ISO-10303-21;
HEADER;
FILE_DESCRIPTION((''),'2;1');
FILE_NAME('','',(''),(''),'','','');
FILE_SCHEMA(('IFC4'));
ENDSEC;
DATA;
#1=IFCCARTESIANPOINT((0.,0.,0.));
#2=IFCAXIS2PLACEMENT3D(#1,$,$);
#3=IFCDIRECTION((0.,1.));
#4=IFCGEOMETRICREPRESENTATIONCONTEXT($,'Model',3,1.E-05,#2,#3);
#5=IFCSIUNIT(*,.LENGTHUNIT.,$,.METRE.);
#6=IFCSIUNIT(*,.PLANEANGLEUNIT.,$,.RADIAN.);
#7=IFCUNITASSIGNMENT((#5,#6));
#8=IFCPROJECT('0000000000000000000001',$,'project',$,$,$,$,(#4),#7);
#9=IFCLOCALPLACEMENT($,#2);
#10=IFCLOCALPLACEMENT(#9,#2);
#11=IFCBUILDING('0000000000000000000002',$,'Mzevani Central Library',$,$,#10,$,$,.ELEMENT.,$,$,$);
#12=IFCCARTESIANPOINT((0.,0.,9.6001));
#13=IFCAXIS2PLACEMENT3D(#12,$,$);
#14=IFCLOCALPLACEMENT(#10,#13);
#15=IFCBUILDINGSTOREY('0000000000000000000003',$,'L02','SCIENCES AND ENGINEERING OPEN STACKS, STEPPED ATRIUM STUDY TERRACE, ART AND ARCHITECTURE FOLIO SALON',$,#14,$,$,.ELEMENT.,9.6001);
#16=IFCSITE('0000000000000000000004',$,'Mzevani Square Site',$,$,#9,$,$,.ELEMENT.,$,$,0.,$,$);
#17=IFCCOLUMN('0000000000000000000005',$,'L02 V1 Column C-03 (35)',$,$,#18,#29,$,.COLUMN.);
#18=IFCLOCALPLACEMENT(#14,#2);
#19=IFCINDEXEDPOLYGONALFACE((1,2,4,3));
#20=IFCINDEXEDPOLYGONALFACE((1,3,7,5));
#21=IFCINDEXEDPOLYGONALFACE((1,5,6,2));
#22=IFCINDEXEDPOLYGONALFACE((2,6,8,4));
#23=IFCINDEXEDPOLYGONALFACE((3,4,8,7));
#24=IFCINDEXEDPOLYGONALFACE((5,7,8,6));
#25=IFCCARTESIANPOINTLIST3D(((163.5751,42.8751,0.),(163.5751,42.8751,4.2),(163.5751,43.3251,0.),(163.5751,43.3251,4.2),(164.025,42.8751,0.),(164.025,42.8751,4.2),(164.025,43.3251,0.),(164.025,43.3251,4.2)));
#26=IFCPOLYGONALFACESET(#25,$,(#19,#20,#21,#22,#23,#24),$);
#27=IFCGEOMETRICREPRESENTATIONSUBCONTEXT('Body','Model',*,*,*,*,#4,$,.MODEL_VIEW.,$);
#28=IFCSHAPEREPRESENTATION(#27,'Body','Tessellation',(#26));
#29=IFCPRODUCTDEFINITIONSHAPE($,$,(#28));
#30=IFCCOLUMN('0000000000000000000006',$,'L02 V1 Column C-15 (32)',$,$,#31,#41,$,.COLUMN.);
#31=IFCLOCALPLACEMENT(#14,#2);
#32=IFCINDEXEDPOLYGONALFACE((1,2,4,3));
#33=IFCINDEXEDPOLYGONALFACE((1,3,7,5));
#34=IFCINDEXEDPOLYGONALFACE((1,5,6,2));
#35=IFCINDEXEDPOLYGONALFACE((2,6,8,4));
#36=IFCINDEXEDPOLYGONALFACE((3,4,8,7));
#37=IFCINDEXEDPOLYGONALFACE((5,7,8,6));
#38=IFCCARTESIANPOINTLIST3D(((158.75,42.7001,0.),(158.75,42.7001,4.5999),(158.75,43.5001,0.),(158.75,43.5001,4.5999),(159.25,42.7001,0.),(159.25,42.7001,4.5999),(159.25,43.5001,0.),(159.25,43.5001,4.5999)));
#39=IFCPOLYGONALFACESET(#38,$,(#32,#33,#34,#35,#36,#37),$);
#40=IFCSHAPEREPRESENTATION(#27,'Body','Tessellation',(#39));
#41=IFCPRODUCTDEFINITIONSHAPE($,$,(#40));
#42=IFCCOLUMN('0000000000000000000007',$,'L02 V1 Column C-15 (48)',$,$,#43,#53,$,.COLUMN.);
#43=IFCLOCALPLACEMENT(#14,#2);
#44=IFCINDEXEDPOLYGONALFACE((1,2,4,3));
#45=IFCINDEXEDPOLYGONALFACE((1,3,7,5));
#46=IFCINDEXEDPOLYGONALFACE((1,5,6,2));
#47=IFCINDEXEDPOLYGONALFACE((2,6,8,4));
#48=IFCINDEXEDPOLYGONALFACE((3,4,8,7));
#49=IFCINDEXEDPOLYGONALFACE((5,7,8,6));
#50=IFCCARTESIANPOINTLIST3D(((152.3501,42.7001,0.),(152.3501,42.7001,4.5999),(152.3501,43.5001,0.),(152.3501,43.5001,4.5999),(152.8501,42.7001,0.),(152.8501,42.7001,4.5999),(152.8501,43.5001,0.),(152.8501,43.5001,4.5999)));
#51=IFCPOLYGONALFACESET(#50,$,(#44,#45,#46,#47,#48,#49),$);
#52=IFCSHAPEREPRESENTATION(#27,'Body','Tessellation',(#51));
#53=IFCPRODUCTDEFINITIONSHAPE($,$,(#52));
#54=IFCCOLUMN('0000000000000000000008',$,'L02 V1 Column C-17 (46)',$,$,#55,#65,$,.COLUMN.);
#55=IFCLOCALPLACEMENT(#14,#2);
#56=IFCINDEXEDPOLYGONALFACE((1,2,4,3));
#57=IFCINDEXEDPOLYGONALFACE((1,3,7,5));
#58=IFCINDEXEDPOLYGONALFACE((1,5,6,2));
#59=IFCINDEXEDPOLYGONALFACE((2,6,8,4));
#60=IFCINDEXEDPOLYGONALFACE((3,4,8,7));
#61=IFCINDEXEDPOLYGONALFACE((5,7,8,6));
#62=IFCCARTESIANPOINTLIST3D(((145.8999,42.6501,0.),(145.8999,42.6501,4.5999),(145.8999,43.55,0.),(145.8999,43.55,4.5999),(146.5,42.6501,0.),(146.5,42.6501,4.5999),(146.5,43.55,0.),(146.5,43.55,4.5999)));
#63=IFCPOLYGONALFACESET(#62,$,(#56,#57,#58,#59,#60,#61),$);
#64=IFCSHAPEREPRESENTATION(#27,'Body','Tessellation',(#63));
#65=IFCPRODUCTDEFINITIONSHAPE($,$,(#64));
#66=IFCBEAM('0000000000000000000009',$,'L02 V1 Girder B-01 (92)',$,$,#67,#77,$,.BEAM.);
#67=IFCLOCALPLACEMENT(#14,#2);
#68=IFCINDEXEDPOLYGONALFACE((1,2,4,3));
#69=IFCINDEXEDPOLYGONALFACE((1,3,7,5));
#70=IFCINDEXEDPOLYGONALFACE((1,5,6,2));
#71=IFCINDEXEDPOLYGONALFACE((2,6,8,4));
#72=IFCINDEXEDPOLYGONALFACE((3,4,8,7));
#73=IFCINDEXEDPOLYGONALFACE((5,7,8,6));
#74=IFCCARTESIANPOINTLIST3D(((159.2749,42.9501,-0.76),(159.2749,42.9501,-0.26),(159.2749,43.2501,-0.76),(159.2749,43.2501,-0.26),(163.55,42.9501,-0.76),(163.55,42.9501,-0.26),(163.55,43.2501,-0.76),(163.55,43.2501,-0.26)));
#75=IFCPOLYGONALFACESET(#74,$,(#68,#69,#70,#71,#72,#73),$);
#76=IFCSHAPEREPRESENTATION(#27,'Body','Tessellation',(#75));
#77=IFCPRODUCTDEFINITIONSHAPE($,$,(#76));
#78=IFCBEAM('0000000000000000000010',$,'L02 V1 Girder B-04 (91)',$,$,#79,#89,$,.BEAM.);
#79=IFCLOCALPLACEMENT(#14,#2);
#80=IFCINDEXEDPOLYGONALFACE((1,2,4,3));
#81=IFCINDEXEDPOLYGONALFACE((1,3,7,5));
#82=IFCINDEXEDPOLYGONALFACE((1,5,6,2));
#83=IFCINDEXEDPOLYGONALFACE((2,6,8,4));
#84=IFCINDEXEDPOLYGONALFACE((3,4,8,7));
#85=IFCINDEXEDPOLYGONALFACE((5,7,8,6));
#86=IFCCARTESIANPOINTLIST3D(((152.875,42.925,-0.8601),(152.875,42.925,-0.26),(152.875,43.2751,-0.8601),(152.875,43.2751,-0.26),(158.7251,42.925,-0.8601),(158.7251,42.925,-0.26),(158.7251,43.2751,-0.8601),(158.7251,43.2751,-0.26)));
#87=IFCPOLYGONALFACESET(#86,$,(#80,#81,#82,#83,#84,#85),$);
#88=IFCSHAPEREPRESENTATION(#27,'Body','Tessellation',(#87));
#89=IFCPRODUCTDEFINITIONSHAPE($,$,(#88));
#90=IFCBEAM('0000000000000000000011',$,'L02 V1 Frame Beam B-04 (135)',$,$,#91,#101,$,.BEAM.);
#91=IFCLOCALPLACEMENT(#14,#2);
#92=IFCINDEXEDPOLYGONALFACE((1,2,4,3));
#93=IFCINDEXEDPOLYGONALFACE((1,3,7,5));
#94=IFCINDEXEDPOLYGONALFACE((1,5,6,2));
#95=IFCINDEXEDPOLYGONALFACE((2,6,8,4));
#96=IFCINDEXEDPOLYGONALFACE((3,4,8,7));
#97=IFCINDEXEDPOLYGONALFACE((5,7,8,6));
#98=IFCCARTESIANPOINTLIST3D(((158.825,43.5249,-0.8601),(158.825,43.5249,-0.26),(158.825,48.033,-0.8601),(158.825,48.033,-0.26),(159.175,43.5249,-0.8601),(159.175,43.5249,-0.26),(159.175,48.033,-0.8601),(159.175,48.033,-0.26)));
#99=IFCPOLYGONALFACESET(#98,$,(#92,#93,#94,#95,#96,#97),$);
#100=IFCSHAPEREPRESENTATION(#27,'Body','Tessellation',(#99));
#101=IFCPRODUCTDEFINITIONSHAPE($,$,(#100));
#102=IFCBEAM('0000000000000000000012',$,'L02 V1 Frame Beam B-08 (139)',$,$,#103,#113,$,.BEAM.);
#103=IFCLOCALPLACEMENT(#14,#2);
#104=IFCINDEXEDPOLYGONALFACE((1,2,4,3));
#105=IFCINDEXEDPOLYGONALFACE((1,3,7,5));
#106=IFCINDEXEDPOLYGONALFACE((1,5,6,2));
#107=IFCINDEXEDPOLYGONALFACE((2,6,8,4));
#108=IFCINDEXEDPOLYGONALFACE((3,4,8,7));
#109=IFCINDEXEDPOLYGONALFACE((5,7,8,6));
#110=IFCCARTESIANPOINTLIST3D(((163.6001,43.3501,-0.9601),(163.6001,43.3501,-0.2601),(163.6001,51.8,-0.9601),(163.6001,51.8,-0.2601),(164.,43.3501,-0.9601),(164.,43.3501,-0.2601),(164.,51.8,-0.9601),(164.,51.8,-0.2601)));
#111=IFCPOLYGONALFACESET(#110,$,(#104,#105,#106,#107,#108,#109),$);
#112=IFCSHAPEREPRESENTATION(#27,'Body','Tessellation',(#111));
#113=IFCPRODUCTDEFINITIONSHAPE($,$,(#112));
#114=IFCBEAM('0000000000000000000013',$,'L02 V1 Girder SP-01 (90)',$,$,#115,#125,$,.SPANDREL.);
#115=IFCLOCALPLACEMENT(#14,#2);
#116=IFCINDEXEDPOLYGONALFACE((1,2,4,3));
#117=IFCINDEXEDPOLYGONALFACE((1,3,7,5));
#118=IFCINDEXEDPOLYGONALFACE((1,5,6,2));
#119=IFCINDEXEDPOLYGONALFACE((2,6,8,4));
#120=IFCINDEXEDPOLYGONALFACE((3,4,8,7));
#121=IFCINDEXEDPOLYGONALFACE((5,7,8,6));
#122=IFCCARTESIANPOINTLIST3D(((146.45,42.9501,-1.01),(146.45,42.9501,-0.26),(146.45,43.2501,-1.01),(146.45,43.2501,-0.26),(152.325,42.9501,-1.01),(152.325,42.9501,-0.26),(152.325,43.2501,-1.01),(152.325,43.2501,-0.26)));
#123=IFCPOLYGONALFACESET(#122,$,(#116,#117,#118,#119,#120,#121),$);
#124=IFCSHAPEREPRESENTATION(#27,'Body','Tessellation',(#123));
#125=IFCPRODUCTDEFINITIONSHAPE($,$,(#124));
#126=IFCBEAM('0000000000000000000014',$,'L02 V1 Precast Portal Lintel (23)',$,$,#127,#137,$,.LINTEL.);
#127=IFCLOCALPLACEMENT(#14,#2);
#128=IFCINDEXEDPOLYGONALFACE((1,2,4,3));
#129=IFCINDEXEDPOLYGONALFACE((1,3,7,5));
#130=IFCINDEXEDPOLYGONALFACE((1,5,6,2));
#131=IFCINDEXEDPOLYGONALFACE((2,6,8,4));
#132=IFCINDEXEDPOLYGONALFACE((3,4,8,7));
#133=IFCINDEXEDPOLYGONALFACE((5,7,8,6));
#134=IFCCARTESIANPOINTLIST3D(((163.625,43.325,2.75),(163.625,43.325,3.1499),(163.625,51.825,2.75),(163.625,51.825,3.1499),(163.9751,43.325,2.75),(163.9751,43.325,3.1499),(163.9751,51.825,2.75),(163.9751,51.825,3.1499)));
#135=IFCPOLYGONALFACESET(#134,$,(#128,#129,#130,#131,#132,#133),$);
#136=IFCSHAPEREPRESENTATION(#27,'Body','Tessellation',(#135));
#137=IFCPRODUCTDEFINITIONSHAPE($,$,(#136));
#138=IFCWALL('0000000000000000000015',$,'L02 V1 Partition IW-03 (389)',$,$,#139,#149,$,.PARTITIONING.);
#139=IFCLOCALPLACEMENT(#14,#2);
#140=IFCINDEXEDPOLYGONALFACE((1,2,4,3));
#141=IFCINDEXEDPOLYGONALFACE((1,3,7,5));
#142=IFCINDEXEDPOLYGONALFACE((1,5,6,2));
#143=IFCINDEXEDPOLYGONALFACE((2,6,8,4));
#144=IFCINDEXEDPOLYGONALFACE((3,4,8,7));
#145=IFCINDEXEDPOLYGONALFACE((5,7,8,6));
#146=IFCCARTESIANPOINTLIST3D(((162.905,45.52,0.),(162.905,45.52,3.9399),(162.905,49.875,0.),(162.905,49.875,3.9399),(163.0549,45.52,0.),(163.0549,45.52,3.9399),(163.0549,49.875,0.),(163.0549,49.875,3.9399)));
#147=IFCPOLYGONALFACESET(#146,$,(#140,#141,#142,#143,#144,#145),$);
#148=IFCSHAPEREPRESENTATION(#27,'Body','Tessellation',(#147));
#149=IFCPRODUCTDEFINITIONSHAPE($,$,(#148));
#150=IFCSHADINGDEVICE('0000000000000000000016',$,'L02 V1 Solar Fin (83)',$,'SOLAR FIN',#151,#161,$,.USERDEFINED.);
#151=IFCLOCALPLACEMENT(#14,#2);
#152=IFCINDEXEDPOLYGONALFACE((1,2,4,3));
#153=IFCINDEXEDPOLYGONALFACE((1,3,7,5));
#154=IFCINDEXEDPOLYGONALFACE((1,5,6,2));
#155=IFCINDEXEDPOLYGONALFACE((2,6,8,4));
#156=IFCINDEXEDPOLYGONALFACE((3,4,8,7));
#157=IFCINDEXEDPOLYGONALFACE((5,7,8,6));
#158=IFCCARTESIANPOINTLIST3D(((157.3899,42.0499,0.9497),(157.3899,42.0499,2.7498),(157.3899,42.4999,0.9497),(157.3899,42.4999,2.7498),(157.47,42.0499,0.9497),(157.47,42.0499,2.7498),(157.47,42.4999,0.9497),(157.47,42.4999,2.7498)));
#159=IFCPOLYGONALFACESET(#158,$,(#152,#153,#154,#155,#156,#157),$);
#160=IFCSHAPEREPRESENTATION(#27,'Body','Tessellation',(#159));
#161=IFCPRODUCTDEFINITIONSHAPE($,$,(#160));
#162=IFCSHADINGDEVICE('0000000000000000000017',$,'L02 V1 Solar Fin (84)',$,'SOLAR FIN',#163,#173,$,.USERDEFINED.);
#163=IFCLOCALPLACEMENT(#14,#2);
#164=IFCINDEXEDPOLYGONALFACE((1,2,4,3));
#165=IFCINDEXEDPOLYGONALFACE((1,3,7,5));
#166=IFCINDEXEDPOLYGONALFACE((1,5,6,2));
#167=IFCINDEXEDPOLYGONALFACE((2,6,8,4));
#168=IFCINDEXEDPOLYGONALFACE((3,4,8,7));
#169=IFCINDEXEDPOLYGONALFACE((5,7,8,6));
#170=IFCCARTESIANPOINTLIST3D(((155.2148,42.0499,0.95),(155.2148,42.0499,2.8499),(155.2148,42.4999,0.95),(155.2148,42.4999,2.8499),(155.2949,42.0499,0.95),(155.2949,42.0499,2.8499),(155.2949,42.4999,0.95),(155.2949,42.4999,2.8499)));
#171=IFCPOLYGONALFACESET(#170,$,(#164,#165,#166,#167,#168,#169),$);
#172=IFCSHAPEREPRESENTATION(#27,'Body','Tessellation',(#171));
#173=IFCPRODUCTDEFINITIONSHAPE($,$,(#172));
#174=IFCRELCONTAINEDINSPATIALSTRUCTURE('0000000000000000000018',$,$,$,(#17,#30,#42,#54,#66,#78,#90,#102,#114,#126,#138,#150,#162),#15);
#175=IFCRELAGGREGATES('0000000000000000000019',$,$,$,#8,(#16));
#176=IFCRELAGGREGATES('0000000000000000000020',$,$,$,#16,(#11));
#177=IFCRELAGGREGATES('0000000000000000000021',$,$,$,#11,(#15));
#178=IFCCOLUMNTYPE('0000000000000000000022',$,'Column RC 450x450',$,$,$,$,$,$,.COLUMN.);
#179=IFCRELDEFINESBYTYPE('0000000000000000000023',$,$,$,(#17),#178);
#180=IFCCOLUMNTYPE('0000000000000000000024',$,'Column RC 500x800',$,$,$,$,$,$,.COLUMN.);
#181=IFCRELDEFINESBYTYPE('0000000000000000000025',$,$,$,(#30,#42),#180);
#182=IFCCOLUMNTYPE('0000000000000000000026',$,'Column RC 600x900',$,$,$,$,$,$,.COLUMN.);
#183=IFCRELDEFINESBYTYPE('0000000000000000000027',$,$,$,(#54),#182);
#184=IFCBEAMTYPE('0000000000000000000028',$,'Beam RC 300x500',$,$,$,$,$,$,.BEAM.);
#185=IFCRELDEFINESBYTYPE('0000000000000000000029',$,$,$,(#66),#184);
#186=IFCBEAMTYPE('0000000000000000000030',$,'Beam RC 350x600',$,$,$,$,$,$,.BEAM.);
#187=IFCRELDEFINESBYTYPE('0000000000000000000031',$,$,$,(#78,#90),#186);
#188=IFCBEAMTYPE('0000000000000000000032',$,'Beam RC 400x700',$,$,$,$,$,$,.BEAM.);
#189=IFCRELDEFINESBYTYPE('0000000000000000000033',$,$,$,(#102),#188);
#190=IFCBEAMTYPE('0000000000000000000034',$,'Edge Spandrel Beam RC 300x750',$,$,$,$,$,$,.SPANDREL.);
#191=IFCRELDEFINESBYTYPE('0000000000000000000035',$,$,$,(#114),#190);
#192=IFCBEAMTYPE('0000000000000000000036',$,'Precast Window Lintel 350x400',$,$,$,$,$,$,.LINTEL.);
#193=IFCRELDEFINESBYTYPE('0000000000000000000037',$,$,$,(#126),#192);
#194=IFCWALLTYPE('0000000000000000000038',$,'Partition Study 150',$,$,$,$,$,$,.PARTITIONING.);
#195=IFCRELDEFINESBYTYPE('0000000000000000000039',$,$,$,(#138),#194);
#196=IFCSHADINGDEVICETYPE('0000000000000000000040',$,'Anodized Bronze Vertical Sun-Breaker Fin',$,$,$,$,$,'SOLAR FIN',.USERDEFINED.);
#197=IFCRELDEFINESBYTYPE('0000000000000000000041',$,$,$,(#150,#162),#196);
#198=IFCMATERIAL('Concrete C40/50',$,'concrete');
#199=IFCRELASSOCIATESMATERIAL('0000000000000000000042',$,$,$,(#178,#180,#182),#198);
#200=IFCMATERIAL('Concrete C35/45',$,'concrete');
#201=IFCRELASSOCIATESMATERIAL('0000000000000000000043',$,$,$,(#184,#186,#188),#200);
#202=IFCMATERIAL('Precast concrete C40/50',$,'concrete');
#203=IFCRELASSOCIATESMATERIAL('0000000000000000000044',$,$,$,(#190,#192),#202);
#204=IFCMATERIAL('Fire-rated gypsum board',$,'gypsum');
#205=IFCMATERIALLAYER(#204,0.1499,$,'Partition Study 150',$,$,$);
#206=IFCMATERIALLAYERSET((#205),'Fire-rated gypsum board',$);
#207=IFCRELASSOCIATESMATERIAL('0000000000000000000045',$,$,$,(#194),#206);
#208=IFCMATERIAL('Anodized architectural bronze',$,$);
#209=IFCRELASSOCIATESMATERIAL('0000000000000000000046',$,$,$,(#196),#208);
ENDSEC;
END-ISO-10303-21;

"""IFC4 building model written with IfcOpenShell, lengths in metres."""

from ifc_helpers import new_model, si_unit, direction, frame, frame_2d, origin, origin_2d, place, context, subcontext, project, spatial, rectangle, extrude, material, layer, layer_set, material_profile, profile_set, type_object, element, save


model = new_model("IFC4")

# Units and contexts
model_context = context("Model", 3, precision=1e-05, world=origin(), true_north=direction((0.0, 1.0)))
body_context = subcontext(model_context, "Body", "Model", "MODEL_VIEW")
ifc_project = project(units=[si_unit("LENGTHUNIT", "METRE"), si_unit("PLANEANGLEUNIT", "RADIAN")], contexts=[model_context])

# Site, building, storey
site_placement = place(None, origin())
site = spatial("IfcSite", under=ifc_project, at=site_placement, Name="Mzevani Square Site", CompositionType="ELEMENT", RefElevation=0.0)
building_placement = place(site_placement, origin())
building = spatial("IfcBuilding", under=site, at=building_placement, Name="Mzevani Central Library", CompositionType="ELEMENT")
storey_placement = place(building_placement, frame((0.0, 0.0, 9.6001)))
storey = spatial("IfcBuildingStorey", under=building, at=storey_placement, Name="L02", Description="SCIENCES AND ENGINEERING OPEN STACKS, STEPPED ATRIUM STUDY TERRACE, ART AND ARCHITECTURE FOLIO SALON", CompositionType="ELEMENT", Elevation=9.6001)

# Columns
ifc_material_1 = material(Name="Concrete C40/50", Category="concrete")
ifc_material_profile_1 = material_profile(ifc_material_1, rectangle(XDim=0.45, YDim=0.45, at=origin_2d()), Name="RC 450x450")
ifc_profile_set_1 = profile_set([ifc_material_profile_1], Name="Concrete C40/50")
column_type_1 = type_object("IfcColumnType", Name="Column RC 450x450", PredefinedType="COLUMN", material=ifc_profile_set_1)
column_1_placement = place(storey_placement, frame((163.8, 43.1001, 0.0), z_axis=(0.0, 0.0, 1.0), x_axis=(1.0, 0.0, 0.0)))
element("IfcColumn", 1, at=column_1_placement, inside=storey, type_object=column_type_1, Name="L02 V1 Column C-03 (35)", PredefinedType="COLUMN", context=body_context, shape_type="SweptSolid", body=[
    extrude(rectangle(XDim=0.45, YDim=0.45, at=origin_2d()), origin(), (0.0, 0.0, 1.0), 4.2),
])
ifc_material_profile_2 = material_profile(ifc_material_1, rectangle(XDim=0.5, YDim=0.8, at=origin_2d()), Name="RC 500x800")
ifc_profile_set_2 = profile_set([ifc_material_profile_2], Name="Concrete C40/50")
column_type_2 = type_object("IfcColumnType", Name="Column RC 500x800", PredefinedType="COLUMN", material=ifc_profile_set_2)
for number, where, z_axis, x_axis, name in (
    (2, (159.0, 43.1001, 0.0), (0.0, 0.0, 1.0), (1.0, 0.0, 0.0), "L02 V1 Column C-15 (32)"),
    (3, (152.6001, 43.1001, 0.0), (0.0, 0.0, 1.0), (1.0, 0.0, 0.0), "L02 V1 Column C-15 (48)"),
):
    element("IfcColumn", number, at=place(storey_placement, frame(where, z_axis=z_axis, x_axis=x_axis)), inside=storey, type_object=column_type_2, Name=name, PredefinedType="COLUMN", context=body_context, shape_type="SweptSolid", body=[
        extrude(rectangle(XDim=0.5, YDim=0.8, at=origin_2d()), origin(), (0.0, 0.0, 1.0), 4.5999),
    ])
ifc_material_profile_3 = material_profile(ifc_material_1, rectangle(XDim=0.6001, YDim=0.8999, at=origin_2d()), Name="RC 600x900")
ifc_profile_set_3 = profile_set([ifc_material_profile_3], Name="Concrete C40/50")
column_type_3 = type_object("IfcColumnType", Name="Column RC 600x900", PredefinedType="COLUMN", material=ifc_profile_set_3)
column_2_placement = place(storey_placement, frame((146.2, 43.1001, 0.0), z_axis=(0.0, 0.0, 1.0), x_axis=(1.0, 0.0, 0.0)))
element("IfcColumn", 4, at=column_2_placement, inside=storey, type_object=column_type_3, Name="L02 V1 Column C-17 (46)", PredefinedType="COLUMN", context=body_context, shape_type="SweptSolid", body=[
    extrude(rectangle(XDim=0.6001, YDim=0.8999, at=origin_2d()), origin(), (0.0, 0.0, 1.0), 4.5999),
])

# Beams
ifc_material_2 = material(Name="Concrete C35/45", Category="concrete")
ifc_material_profile_4 = material_profile(ifc_material_2, rectangle(XDim=0.3, YDim=0.5, at=origin_2d()), Name="RC B300x500")
ifc_profile_set_4 = profile_set([ifc_material_profile_4], Name="Concrete C35/45")
beam_type_1 = type_object("IfcBeamType", Name="Beam RC 300x500", PredefinedType="BEAM", material=ifc_profile_set_4)
beam_1_placement = place(storey_placement, frame((159.2749, 43.1001, -0.51), z_axis=(1.0, 0.0, 0.0), x_axis=(0.0, 1.0, 0.0)))
element("IfcBeam", 5, at=beam_1_placement, inside=storey, type_object=beam_type_1, Name="L02 V1 Girder B-01 (92)", PredefinedType="BEAM", context=body_context, shape_type="SweptSolid", body=[
    extrude(rectangle(XDim=0.3, YDim=0.5, at=origin_2d()), origin(), (0.0, 0.0, 1.0), 4.2751),
])
ifc_material_profile_5 = material_profile(ifc_material_2, rectangle(XDim=0.3501, YDim=0.6001, at=origin_2d()), Name="RC B350x600")
ifc_profile_set_5 = profile_set([ifc_material_profile_5], Name="Concrete C35/45")
beam_type_2 = type_object("IfcBeamType", Name="Beam RC 350x600", PredefinedType="BEAM", material=ifc_profile_set_5)
beam_2_placement = place(storey_placement, frame((152.875, 43.1001, -0.5601), z_axis=(1.0, 0.0, 0.0), x_axis=(0.0, 1.0, 0.0)))
element("IfcBeam", 6, at=beam_2_placement, inside=storey, type_object=beam_type_2, Name="L02 V1 Girder B-04 (91)", PredefinedType="BEAM", context=body_context, shape_type="SweptSolid", body=[
    extrude(rectangle(XDim=0.3501, YDim=0.6001, at=origin_2d()), origin(), (0.0, 0.0, 1.0), 5.8501),
])
beam_3_placement = place(storey_placement, frame((159.0, 43.5249, -0.5601), z_axis=(0.0, 1.0, 0.0), x_axis=(-1.0, 0.0, 0.0)))
element("IfcBeam", 7, at=beam_3_placement, inside=storey, type_object=beam_type_2, Name="L02 V1 Frame Beam B-04 (135)", PredefinedType="BEAM", context=body_context, shape_type="SweptSolid", body=[
    extrude(rectangle(XDim=0.3501, YDim=0.6001, at=origin_2d()), origin(), (0.0, 0.0, 1.0), 4.5081),
])
ifc_material_profile_6 = material_profile(ifc_material_2, rectangle(XDim=0.3999, YDim=0.7, at=origin_2d()), Name="RC B400x700")
ifc_profile_set_6 = profile_set([ifc_material_profile_6], Name="Concrete C35/45")
beam_type_3 = type_object("IfcBeamType", Name="Beam RC 400x700", PredefinedType="BEAM", material=ifc_profile_set_6)
beam_4_placement = place(storey_placement, frame((163.8, 43.3501, -0.6101), z_axis=(0.0, 1.0, 0.0), x_axis=(-1.0, 0.0, 0.0)))
element("IfcBeam", 8, at=beam_4_placement, inside=storey, type_object=beam_type_3, Name="L02 V1 Frame Beam B-08 (139)", PredefinedType="BEAM", context=body_context, shape_type="SweptSolid", body=[
    extrude(rectangle(XDim=0.3999, YDim=0.7, at=origin_2d()), origin(), (0.0, 0.0, 1.0), 8.45),
])
ifc_material_3 = material(Name="Precast concrete C40/50", Category="concrete")
ifc_material_profile_7 = material_profile(ifc_material_3, rectangle(XDim=0.3, YDim=0.75, at=origin_2d()), Name="RC SP300x750")
ifc_profile_set_7 = profile_set([ifc_material_profile_7], Name="Precast concrete C40/50")
beam_type_4 = type_object("IfcBeamType", Name="Edge Spandrel Beam RC 300x750", PredefinedType="SPANDREL", material=ifc_profile_set_7)
beam_5_placement = place(storey_placement, frame((146.45, 43.1001, -0.635), z_axis=(1.0, 0.0, 0.0), x_axis=(0.0, 1.0, 0.0)))
element("IfcBeam", 9, at=beam_5_placement, inside=storey, type_object=beam_type_4, Name="L02 V1 Girder SP-01 (90)", PredefinedType="SPANDREL", context=body_context, shape_type="SweptSolid", body=[
    extrude(rectangle(XDim=0.3, YDim=0.75, at=origin_2d()), origin(), (0.0, 0.0, 1.0), 5.875),
])
ifc_material_profile_8 = material_profile(ifc_material_3, rectangle(XDim=0.3501, YDim=0.3999, at=origin_2d()), Name="PC LN350x400")
ifc_profile_set_8 = profile_set([ifc_material_profile_8], Name="Precast concrete C40/50")
beam_type_5 = type_object("IfcBeamType", Name="Precast Window Lintel 350x400", PredefinedType="LINTEL", material=ifc_profile_set_8)
beam_6_placement = place(storey_placement, frame((163.8, 43.325, 2.95), z_axis=(0.0, 1.0, 0.0), x_axis=(-1.0, 0.0, 0.0)))
element("IfcBeam", 10, at=beam_6_placement, inside=storey, type_object=beam_type_5, Name="L02 V1 Precast Portal Lintel (23)", PredefinedType="LINTEL", context=body_context, shape_type="SweptSolid", body=[
    extrude(rectangle(XDim=0.3501, YDim=0.3999, at=origin_2d()), origin(), (0.0, 0.0, 1.0), 8.5),
])

# Wall
ifc_material_4 = material(Name="Fire-rated gypsum board", Category="gypsum")
ifc_layer_1 = layer(ifc_material_4, 0.1499, Name="Partition Study 150")
ifc_layer_set_1 = layer_set([ifc_layer_1], Name="Fire-rated gypsum board")
wall_type = type_object("IfcWallType", Name="Partition Study 150", PredefinedType="PARTITIONING", material=ifc_layer_set_1)
wall_placement = place(storey_placement, frame((162.98, 45.52, 0.0), z_axis=(0.0, 0.0, 1.0), x_axis=(0.0, 1.0, 0.0)))
element("IfcWall", 11, at=wall_placement, inside=storey, type_object=wall_type, Name="L02 V1 Partition IW-03 (389)", PredefinedType="PARTITIONING", context=body_context, shape_type="SweptSolid", body=[
    extrude(rectangle(XDim=4.355, YDim=0.1499, at=frame_2d((2.1775, 0.0))), origin(), (0.0, 0.0, 1.0), 3.9399),
])

# Shading devices
ifc_material_5 = material(Name="Anodized architectural bronze")
shading_device_type = type_object("IfcShadingDeviceType", Name="Anodized Bronze Vertical Sun-Breaker Fin", ElementType="SOLAR FIN", PredefinedType="USERDEFINED", material=ifc_material_5)
shading_device_1_placement = place(storey_placement, frame((157.4299, 42.2749, 0.9497), z_axis=(0.0, 0.0, 1.0), x_axis=(-1.0, 0.0, 0.0)))
element("IfcShadingDevice", 12, at=shading_device_1_placement, inside=storey, type_object=shading_device_type, Name="L02 V1 Solar Fin (83)", ObjectType="SOLAR FIN", PredefinedType="USERDEFINED", context=body_context, shape_type="SweptSolid", body=[
    extrude(rectangle(XDim=0.0801, YDim=0.45, at=origin_2d()), origin(), (0.0, 0.0, 1.0), 1.8),
])
shading_device_2_placement = place(storey_placement, frame((155.2549, 42.2749, 0.95), z_axis=(0.0, 0.0, 1.0), x_axis=(-1.0, 0.0, 0.0)))
element("IfcShadingDevice", 13, at=shading_device_2_placement, inside=storey, type_object=shading_device_type, Name="L02 V1 Solar Fin (84)", ObjectType="SOLAR FIN", PredefinedType="USERDEFINED", context=body_context, shape_type="SweptSolid", body=[
    extrude(rectangle(XDim=0.0801, YDim=0.45, at=origin_2d()), origin(), (0.0, 0.0, 1.0), 1.8999),
])

save(model, "model.ifc")
